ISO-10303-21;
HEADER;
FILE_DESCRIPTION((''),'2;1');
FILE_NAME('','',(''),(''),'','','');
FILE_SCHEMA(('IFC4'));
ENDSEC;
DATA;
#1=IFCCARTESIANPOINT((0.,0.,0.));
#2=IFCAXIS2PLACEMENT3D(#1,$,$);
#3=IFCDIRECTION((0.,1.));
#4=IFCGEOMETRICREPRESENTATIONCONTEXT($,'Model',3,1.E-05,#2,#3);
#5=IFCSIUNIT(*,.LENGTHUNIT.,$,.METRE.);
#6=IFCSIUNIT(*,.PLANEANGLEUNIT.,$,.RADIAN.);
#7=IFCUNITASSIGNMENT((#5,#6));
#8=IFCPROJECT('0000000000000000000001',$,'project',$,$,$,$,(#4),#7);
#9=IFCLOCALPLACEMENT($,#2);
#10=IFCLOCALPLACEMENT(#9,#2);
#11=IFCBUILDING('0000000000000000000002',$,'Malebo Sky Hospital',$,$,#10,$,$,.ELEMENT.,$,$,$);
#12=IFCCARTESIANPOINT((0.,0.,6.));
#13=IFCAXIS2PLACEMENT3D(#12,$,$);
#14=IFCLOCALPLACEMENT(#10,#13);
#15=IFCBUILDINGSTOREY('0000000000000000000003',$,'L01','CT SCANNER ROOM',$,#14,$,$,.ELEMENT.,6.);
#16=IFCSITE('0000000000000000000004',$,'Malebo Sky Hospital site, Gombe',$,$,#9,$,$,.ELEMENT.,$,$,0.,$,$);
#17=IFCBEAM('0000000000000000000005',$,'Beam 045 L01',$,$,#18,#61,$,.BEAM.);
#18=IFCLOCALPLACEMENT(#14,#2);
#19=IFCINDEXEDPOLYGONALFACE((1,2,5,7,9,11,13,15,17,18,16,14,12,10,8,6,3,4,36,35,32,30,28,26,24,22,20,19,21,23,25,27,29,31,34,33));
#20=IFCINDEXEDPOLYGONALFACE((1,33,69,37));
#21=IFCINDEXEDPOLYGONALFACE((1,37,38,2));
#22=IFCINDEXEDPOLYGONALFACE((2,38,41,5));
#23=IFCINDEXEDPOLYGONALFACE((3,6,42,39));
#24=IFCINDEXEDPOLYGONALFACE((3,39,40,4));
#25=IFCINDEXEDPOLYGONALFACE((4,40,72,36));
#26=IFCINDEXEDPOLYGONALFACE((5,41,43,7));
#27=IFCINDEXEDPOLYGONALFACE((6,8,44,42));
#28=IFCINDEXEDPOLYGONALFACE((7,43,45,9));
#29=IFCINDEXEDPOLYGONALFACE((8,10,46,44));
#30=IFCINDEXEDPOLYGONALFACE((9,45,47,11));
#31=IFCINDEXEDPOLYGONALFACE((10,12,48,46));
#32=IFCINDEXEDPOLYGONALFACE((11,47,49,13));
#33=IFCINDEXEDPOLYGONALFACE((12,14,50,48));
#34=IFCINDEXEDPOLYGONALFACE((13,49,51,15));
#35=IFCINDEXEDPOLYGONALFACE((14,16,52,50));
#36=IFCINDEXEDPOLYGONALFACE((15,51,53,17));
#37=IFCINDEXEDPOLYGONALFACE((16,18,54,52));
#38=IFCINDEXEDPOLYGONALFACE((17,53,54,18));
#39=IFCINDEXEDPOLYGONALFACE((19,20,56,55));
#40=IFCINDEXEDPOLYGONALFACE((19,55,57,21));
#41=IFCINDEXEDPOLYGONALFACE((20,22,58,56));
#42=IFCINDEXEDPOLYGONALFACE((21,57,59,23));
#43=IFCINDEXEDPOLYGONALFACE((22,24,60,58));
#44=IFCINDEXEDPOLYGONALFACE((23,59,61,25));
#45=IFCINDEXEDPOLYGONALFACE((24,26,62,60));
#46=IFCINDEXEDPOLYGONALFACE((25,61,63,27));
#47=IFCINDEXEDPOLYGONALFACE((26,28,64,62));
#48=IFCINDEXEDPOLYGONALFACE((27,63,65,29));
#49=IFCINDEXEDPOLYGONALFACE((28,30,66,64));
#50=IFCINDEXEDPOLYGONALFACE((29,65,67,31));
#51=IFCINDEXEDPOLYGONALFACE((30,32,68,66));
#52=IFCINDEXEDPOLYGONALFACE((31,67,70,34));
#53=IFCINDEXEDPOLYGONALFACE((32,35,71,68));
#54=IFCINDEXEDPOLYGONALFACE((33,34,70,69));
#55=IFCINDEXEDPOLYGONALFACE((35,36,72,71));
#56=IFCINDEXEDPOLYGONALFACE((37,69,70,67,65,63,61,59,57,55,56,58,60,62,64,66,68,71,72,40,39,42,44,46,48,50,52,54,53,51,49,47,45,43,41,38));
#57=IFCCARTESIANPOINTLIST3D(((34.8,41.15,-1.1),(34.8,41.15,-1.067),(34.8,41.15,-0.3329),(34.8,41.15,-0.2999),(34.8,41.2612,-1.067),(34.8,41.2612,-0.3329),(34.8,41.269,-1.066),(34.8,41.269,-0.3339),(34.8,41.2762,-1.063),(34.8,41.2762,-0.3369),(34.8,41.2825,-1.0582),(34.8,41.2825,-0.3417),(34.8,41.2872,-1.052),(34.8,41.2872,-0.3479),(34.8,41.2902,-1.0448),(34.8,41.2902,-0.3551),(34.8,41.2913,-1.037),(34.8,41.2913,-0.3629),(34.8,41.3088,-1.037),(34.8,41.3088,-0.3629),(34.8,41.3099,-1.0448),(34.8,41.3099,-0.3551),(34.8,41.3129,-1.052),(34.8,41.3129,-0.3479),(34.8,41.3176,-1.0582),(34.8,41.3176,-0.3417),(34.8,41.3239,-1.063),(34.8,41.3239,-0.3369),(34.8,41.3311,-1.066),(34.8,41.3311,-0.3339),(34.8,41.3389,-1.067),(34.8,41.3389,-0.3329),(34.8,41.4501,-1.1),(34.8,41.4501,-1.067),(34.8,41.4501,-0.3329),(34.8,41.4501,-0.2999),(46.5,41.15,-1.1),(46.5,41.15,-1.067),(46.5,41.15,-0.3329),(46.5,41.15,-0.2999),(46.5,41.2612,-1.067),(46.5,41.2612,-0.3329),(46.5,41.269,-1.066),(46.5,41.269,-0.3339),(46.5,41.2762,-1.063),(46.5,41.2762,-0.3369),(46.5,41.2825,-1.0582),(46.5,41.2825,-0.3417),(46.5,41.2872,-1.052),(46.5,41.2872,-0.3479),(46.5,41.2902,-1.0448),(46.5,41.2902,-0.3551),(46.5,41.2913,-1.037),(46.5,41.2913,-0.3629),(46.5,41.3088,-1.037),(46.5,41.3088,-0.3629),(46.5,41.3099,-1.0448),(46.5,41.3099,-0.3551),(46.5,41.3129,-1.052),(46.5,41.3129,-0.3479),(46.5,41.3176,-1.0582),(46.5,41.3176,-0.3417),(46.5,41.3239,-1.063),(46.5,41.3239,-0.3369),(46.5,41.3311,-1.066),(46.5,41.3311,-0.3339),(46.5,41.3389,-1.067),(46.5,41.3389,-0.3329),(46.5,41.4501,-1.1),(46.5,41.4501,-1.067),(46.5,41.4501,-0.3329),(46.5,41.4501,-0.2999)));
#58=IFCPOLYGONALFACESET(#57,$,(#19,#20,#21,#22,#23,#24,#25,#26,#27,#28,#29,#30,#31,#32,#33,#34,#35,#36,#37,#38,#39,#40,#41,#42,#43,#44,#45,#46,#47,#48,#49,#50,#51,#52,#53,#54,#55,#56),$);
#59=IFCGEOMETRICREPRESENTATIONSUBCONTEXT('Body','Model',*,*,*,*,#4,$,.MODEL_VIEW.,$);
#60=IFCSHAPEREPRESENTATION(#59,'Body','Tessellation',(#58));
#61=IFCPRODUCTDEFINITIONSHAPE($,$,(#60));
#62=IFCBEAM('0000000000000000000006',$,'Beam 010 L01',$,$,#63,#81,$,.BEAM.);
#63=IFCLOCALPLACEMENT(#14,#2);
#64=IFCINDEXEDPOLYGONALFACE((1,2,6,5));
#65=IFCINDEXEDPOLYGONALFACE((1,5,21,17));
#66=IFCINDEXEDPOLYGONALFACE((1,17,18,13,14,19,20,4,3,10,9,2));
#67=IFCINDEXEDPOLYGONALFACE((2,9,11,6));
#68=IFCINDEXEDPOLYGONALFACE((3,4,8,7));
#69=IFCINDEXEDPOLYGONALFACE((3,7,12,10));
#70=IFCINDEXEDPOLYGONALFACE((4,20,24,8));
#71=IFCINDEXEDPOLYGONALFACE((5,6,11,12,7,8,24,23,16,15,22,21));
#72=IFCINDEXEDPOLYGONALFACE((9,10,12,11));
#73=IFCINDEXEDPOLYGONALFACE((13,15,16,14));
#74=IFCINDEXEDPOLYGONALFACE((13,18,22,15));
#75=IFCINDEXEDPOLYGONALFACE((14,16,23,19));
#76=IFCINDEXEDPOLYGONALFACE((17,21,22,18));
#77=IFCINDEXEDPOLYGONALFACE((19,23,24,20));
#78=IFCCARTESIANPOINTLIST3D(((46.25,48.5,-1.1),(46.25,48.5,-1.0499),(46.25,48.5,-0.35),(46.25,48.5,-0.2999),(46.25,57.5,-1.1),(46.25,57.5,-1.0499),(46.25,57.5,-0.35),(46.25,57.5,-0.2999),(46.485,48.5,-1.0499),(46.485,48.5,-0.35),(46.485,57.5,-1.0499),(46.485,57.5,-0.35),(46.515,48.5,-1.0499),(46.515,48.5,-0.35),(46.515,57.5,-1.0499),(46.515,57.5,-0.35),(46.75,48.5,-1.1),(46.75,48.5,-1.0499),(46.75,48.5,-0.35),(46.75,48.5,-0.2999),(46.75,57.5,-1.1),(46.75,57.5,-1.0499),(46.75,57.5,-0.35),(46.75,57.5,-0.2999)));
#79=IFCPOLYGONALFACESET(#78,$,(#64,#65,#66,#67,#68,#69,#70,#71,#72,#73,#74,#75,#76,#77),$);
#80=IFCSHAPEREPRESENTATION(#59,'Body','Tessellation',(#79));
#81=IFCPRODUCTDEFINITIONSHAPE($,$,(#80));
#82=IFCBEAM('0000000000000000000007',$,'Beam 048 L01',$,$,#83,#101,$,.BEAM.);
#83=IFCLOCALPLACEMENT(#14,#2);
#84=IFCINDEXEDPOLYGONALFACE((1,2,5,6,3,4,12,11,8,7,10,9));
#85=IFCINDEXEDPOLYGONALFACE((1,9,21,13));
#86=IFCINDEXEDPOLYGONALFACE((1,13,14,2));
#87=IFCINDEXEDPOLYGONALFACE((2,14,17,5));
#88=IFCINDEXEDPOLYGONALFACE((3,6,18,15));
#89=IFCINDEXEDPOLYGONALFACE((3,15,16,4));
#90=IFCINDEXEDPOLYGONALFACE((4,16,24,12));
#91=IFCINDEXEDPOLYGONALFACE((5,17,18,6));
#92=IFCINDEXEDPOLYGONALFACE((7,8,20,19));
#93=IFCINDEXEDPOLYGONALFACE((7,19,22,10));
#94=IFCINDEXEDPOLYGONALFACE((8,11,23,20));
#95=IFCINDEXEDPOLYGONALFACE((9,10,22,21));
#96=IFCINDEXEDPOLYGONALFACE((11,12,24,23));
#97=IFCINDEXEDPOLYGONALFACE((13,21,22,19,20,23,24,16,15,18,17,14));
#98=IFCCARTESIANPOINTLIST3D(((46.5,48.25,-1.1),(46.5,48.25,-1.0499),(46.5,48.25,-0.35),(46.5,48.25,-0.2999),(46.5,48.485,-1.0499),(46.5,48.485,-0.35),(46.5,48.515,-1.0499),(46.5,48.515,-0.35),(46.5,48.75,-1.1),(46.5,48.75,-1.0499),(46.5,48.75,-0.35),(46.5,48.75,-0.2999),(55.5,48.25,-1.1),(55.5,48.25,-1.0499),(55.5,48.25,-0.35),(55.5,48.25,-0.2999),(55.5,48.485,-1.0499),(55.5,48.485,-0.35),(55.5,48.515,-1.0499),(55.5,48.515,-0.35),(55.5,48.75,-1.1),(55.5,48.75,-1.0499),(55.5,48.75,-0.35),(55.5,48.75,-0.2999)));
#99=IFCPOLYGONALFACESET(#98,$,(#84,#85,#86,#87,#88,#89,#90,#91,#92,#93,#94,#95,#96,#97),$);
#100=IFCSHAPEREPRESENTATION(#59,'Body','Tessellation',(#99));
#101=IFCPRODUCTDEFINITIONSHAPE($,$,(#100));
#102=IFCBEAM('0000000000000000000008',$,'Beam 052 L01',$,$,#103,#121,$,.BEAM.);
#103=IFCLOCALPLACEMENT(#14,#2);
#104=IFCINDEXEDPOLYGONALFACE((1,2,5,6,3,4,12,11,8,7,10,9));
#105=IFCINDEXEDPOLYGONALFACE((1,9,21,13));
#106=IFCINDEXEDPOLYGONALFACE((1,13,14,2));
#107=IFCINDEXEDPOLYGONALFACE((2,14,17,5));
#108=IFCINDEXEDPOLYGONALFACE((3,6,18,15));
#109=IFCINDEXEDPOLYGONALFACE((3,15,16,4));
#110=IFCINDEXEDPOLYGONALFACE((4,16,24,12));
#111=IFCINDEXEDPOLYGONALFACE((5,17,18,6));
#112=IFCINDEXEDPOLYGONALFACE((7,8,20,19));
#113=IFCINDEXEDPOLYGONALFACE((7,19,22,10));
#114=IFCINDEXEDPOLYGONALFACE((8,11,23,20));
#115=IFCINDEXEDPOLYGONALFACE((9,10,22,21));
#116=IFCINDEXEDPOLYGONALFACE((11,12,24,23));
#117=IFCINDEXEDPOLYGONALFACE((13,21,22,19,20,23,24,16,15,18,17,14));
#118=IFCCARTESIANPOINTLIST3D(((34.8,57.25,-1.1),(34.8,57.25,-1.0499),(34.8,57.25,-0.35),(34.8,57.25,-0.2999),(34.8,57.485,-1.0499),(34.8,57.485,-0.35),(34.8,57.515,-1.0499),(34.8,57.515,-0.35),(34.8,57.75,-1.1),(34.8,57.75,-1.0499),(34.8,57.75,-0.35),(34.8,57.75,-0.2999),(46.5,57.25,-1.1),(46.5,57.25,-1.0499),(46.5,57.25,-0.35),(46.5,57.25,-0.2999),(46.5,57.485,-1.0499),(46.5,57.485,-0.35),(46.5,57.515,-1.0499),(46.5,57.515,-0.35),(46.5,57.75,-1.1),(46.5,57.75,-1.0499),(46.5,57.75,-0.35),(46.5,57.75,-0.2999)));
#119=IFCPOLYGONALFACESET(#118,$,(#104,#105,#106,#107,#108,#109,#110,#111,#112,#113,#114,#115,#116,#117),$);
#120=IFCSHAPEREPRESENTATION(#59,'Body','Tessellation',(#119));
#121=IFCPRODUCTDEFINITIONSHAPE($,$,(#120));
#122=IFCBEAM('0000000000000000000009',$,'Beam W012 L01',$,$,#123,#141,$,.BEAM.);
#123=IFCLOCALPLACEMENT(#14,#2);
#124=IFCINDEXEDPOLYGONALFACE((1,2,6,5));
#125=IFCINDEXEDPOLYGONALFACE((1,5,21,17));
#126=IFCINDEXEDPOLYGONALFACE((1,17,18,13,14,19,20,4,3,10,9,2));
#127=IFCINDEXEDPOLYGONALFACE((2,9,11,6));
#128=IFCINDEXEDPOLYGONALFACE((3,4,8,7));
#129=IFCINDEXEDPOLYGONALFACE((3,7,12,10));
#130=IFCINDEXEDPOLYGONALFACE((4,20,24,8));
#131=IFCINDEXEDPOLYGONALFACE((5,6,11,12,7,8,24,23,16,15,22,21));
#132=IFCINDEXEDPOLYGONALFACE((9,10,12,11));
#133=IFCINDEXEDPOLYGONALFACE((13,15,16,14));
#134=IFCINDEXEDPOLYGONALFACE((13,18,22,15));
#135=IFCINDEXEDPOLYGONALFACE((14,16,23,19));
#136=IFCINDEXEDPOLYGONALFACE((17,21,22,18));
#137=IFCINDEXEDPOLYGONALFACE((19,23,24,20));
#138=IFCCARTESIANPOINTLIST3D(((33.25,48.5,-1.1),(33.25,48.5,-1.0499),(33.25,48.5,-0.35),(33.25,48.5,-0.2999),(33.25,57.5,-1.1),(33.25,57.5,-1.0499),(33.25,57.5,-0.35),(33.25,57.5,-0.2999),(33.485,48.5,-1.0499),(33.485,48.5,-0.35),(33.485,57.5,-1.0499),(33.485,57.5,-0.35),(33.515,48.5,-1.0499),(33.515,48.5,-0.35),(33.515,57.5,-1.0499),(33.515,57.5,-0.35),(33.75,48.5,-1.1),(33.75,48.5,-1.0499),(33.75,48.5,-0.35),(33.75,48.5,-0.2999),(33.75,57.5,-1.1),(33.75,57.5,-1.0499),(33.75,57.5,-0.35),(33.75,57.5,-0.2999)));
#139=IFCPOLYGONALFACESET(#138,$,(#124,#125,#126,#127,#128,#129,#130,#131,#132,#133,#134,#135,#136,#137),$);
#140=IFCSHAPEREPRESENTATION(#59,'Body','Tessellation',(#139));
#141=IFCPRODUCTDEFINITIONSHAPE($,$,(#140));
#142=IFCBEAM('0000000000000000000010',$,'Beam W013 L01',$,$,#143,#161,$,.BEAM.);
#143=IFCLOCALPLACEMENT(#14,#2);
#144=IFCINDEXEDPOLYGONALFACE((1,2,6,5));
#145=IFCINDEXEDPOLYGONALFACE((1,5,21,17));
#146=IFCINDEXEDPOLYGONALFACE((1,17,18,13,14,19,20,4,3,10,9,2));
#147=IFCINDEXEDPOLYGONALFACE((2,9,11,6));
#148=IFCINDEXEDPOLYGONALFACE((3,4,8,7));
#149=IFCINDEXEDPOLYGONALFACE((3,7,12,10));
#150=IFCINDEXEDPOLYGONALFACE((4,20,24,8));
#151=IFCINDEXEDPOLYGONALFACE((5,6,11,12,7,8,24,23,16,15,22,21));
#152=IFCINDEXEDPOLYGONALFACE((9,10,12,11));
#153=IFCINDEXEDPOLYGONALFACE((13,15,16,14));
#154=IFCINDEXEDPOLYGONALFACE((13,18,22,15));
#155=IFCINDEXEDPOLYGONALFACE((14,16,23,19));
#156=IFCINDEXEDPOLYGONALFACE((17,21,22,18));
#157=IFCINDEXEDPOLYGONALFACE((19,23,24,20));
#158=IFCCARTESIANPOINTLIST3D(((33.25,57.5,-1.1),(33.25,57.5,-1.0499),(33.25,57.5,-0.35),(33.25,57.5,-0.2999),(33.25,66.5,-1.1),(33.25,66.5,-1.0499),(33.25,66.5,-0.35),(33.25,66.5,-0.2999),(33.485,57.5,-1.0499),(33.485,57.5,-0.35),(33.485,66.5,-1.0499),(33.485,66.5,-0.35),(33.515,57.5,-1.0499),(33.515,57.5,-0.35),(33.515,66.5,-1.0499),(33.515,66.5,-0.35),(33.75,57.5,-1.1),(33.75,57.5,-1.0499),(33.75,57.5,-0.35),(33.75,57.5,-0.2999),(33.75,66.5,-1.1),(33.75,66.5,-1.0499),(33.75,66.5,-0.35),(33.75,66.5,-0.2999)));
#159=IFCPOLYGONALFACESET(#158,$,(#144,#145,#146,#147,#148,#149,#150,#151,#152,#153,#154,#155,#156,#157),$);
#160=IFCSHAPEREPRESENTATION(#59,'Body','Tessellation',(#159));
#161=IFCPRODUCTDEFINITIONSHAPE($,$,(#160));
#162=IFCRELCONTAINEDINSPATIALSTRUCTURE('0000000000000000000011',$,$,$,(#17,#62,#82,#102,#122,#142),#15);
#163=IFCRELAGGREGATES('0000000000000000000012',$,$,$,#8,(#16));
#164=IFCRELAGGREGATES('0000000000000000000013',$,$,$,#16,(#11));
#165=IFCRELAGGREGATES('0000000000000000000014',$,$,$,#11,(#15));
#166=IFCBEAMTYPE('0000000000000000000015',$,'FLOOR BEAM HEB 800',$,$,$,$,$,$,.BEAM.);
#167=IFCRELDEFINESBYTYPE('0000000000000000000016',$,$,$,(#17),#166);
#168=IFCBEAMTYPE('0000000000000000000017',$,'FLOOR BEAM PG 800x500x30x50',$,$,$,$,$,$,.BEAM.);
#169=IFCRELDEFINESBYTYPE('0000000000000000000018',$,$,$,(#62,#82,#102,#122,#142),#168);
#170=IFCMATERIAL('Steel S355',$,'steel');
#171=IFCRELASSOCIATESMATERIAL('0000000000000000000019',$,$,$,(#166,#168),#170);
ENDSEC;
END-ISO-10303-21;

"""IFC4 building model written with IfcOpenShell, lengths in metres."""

from ifc_helpers import new_model, si_unit, direction, frame, origin, origin_2d, place, context, subcontext, project, spatial, i_section, extrude, material, material_profile, profile_set, type_object, element, save


model = new_model("IFC4")

# Units and contexts
model_context = context("Model", 3, precision=1e-05, world=origin(), true_north=direction((0.0, 1.0)))
body_context = subcontext(model_context, "Body", "Model", "MODEL_VIEW")
ifc_project = project(units=[si_unit("LENGTHUNIT", "METRE"), si_unit("PLANEANGLEUNIT", "RADIAN")], contexts=[model_context])

# Site, building, storey
site_placement = place(None, origin())
site = spatial("IfcSite", under=ifc_project, at=site_placement, Name="Malebo Sky Hospital site, Gombe", CompositionType="ELEMENT", RefElevation=0.0)
building_placement = place(site_placement, origin())
building = spatial("IfcBuilding", under=site, at=building_placement, Name="Malebo Sky Hospital", CompositionType="ELEMENT")
storey_placement = place(building_placement, frame((0.0, 0.0, 6.0)))
storey = spatial("IfcBuildingStorey", under=building, at=storey_placement, Name="L01", Description="CT SCANNER ROOM", CompositionType="ELEMENT", Elevation=6.0)

# Shared definitions
ifc_material_1 = material(Name="Steel S355", Category="steel")

# Beams
ifc_material_profile_1 = material_profile(ifc_material_1, i_section(OverallWidth=0.3, OverallDepth=0.8, WebThickness=0.0176, FlangeThickness=0.033, FilletRadius=0.03, at=origin_2d()), Name="HEB 800")
ifc_profile_set_1 = profile_set([ifc_material_profile_1], Name="Steel S355")
beam_type_1 = type_object("IfcBeamType", Name="FLOOR BEAM HEB 800", PredefinedType="BEAM", material=ifc_profile_set_1)
beam_1_placement = place(storey_placement, frame((34.8, 41.3, -0.7), z_axis=(1.0, 0.0, 0.0), x_axis=(0.0, 1.0, 0.0)))
element("IfcBeam", 1, at=beam_1_placement, inside=storey, type_object=beam_type_1, Name="Beam 045 L01", PredefinedType="BEAM", context=body_context, shape_type="SweptSolid", body=[
    extrude(i_section(OverallWidth=0.3, OverallDepth=0.8, WebThickness=0.0176, FlangeThickness=0.033, FilletRadius=0.03, at=origin_2d()), origin(), (0.0, 0.0, 1.0), 11.7),
])
ifc_material_profile_2 = material_profile(ifc_material_1, i_section(OverallWidth=0.5, OverallDepth=0.8, WebThickness=0.03, FlangeThickness=0.05, at=origin_2d()), Name="PG 800x500x30x50")
ifc_profile_set_2 = profile_set([ifc_material_profile_2], Name="Steel S355")
beam_type_2 = type_object("IfcBeamType", Name="FLOOR BEAM PG 800x500x30x50", PredefinedType="BEAM", material=ifc_profile_set_2)
for number, where, z_axis, x_axis, name in (
    (2, (46.5, 48.5, -0.7), (0.0, 1.0, 0.0), (-1.0, 0.0, 0.0), "Beam 010 L01"),
    (3, (46.5, 48.5, -0.7), (1.0, 0.0, 0.0), (0.0, 1.0, 0.0), "Beam 048 L01"),
):
    element("IfcBeam", number, at=place(storey_placement, frame(where, z_axis=z_axis, x_axis=x_axis)), inside=storey, type_object=beam_type_2, Name=name, PredefinedType="BEAM", context=body_context, shape_type="SweptSolid", body=[
        extrude(i_section(OverallWidth=0.5, OverallDepth=0.8, WebThickness=0.03, FlangeThickness=0.05, at=origin_2d()), origin(), (0.0, 0.0, 1.0), 9.0),
    ])
beam_2_placement = place(storey_placement, frame((34.8, 57.5, -0.7), z_axis=(1.0, 0.0, 0.0), x_axis=(0.0, 1.0, 0.0)))
element("IfcBeam", 4, at=beam_2_placement, inside=storey, type_object=beam_type_2, Name="Beam 052 L01", PredefinedType="BEAM", context=body_context, shape_type="SweptSolid", body=[
    extrude(i_section(OverallWidth=0.5, OverallDepth=0.8, WebThickness=0.03, FlangeThickness=0.05, at=origin_2d()), origin(), (0.0, 0.0, 1.0), 11.7),
])
for number, where, z_axis, x_axis, name in (
    (5, (33.5, 48.5, -0.7), (0.0, 1.0, 0.0), (-1.0, 0.0, 0.0), "Beam W012 L01"),
    (6, (33.5, 57.5, -0.7), (0.0, 1.0, 0.0), (-1.0, 0.0, 0.0), "Beam W013 L01"),
):
    element("IfcBeam", number, at=place(storey_placement, frame(where, z_axis=z_axis, x_axis=x_axis)), inside=storey, type_object=beam_type_2, Name=name, PredefinedType="BEAM", context=body_context, shape_type="SweptSolid", body=[
        extrude(i_section(OverallWidth=0.5, OverallDepth=0.8, WebThickness=0.03, FlangeThickness=0.05, at=origin_2d()), origin(), (0.0, 0.0, 1.0), 9.0),
    ])

save(model, "model.ifc")
